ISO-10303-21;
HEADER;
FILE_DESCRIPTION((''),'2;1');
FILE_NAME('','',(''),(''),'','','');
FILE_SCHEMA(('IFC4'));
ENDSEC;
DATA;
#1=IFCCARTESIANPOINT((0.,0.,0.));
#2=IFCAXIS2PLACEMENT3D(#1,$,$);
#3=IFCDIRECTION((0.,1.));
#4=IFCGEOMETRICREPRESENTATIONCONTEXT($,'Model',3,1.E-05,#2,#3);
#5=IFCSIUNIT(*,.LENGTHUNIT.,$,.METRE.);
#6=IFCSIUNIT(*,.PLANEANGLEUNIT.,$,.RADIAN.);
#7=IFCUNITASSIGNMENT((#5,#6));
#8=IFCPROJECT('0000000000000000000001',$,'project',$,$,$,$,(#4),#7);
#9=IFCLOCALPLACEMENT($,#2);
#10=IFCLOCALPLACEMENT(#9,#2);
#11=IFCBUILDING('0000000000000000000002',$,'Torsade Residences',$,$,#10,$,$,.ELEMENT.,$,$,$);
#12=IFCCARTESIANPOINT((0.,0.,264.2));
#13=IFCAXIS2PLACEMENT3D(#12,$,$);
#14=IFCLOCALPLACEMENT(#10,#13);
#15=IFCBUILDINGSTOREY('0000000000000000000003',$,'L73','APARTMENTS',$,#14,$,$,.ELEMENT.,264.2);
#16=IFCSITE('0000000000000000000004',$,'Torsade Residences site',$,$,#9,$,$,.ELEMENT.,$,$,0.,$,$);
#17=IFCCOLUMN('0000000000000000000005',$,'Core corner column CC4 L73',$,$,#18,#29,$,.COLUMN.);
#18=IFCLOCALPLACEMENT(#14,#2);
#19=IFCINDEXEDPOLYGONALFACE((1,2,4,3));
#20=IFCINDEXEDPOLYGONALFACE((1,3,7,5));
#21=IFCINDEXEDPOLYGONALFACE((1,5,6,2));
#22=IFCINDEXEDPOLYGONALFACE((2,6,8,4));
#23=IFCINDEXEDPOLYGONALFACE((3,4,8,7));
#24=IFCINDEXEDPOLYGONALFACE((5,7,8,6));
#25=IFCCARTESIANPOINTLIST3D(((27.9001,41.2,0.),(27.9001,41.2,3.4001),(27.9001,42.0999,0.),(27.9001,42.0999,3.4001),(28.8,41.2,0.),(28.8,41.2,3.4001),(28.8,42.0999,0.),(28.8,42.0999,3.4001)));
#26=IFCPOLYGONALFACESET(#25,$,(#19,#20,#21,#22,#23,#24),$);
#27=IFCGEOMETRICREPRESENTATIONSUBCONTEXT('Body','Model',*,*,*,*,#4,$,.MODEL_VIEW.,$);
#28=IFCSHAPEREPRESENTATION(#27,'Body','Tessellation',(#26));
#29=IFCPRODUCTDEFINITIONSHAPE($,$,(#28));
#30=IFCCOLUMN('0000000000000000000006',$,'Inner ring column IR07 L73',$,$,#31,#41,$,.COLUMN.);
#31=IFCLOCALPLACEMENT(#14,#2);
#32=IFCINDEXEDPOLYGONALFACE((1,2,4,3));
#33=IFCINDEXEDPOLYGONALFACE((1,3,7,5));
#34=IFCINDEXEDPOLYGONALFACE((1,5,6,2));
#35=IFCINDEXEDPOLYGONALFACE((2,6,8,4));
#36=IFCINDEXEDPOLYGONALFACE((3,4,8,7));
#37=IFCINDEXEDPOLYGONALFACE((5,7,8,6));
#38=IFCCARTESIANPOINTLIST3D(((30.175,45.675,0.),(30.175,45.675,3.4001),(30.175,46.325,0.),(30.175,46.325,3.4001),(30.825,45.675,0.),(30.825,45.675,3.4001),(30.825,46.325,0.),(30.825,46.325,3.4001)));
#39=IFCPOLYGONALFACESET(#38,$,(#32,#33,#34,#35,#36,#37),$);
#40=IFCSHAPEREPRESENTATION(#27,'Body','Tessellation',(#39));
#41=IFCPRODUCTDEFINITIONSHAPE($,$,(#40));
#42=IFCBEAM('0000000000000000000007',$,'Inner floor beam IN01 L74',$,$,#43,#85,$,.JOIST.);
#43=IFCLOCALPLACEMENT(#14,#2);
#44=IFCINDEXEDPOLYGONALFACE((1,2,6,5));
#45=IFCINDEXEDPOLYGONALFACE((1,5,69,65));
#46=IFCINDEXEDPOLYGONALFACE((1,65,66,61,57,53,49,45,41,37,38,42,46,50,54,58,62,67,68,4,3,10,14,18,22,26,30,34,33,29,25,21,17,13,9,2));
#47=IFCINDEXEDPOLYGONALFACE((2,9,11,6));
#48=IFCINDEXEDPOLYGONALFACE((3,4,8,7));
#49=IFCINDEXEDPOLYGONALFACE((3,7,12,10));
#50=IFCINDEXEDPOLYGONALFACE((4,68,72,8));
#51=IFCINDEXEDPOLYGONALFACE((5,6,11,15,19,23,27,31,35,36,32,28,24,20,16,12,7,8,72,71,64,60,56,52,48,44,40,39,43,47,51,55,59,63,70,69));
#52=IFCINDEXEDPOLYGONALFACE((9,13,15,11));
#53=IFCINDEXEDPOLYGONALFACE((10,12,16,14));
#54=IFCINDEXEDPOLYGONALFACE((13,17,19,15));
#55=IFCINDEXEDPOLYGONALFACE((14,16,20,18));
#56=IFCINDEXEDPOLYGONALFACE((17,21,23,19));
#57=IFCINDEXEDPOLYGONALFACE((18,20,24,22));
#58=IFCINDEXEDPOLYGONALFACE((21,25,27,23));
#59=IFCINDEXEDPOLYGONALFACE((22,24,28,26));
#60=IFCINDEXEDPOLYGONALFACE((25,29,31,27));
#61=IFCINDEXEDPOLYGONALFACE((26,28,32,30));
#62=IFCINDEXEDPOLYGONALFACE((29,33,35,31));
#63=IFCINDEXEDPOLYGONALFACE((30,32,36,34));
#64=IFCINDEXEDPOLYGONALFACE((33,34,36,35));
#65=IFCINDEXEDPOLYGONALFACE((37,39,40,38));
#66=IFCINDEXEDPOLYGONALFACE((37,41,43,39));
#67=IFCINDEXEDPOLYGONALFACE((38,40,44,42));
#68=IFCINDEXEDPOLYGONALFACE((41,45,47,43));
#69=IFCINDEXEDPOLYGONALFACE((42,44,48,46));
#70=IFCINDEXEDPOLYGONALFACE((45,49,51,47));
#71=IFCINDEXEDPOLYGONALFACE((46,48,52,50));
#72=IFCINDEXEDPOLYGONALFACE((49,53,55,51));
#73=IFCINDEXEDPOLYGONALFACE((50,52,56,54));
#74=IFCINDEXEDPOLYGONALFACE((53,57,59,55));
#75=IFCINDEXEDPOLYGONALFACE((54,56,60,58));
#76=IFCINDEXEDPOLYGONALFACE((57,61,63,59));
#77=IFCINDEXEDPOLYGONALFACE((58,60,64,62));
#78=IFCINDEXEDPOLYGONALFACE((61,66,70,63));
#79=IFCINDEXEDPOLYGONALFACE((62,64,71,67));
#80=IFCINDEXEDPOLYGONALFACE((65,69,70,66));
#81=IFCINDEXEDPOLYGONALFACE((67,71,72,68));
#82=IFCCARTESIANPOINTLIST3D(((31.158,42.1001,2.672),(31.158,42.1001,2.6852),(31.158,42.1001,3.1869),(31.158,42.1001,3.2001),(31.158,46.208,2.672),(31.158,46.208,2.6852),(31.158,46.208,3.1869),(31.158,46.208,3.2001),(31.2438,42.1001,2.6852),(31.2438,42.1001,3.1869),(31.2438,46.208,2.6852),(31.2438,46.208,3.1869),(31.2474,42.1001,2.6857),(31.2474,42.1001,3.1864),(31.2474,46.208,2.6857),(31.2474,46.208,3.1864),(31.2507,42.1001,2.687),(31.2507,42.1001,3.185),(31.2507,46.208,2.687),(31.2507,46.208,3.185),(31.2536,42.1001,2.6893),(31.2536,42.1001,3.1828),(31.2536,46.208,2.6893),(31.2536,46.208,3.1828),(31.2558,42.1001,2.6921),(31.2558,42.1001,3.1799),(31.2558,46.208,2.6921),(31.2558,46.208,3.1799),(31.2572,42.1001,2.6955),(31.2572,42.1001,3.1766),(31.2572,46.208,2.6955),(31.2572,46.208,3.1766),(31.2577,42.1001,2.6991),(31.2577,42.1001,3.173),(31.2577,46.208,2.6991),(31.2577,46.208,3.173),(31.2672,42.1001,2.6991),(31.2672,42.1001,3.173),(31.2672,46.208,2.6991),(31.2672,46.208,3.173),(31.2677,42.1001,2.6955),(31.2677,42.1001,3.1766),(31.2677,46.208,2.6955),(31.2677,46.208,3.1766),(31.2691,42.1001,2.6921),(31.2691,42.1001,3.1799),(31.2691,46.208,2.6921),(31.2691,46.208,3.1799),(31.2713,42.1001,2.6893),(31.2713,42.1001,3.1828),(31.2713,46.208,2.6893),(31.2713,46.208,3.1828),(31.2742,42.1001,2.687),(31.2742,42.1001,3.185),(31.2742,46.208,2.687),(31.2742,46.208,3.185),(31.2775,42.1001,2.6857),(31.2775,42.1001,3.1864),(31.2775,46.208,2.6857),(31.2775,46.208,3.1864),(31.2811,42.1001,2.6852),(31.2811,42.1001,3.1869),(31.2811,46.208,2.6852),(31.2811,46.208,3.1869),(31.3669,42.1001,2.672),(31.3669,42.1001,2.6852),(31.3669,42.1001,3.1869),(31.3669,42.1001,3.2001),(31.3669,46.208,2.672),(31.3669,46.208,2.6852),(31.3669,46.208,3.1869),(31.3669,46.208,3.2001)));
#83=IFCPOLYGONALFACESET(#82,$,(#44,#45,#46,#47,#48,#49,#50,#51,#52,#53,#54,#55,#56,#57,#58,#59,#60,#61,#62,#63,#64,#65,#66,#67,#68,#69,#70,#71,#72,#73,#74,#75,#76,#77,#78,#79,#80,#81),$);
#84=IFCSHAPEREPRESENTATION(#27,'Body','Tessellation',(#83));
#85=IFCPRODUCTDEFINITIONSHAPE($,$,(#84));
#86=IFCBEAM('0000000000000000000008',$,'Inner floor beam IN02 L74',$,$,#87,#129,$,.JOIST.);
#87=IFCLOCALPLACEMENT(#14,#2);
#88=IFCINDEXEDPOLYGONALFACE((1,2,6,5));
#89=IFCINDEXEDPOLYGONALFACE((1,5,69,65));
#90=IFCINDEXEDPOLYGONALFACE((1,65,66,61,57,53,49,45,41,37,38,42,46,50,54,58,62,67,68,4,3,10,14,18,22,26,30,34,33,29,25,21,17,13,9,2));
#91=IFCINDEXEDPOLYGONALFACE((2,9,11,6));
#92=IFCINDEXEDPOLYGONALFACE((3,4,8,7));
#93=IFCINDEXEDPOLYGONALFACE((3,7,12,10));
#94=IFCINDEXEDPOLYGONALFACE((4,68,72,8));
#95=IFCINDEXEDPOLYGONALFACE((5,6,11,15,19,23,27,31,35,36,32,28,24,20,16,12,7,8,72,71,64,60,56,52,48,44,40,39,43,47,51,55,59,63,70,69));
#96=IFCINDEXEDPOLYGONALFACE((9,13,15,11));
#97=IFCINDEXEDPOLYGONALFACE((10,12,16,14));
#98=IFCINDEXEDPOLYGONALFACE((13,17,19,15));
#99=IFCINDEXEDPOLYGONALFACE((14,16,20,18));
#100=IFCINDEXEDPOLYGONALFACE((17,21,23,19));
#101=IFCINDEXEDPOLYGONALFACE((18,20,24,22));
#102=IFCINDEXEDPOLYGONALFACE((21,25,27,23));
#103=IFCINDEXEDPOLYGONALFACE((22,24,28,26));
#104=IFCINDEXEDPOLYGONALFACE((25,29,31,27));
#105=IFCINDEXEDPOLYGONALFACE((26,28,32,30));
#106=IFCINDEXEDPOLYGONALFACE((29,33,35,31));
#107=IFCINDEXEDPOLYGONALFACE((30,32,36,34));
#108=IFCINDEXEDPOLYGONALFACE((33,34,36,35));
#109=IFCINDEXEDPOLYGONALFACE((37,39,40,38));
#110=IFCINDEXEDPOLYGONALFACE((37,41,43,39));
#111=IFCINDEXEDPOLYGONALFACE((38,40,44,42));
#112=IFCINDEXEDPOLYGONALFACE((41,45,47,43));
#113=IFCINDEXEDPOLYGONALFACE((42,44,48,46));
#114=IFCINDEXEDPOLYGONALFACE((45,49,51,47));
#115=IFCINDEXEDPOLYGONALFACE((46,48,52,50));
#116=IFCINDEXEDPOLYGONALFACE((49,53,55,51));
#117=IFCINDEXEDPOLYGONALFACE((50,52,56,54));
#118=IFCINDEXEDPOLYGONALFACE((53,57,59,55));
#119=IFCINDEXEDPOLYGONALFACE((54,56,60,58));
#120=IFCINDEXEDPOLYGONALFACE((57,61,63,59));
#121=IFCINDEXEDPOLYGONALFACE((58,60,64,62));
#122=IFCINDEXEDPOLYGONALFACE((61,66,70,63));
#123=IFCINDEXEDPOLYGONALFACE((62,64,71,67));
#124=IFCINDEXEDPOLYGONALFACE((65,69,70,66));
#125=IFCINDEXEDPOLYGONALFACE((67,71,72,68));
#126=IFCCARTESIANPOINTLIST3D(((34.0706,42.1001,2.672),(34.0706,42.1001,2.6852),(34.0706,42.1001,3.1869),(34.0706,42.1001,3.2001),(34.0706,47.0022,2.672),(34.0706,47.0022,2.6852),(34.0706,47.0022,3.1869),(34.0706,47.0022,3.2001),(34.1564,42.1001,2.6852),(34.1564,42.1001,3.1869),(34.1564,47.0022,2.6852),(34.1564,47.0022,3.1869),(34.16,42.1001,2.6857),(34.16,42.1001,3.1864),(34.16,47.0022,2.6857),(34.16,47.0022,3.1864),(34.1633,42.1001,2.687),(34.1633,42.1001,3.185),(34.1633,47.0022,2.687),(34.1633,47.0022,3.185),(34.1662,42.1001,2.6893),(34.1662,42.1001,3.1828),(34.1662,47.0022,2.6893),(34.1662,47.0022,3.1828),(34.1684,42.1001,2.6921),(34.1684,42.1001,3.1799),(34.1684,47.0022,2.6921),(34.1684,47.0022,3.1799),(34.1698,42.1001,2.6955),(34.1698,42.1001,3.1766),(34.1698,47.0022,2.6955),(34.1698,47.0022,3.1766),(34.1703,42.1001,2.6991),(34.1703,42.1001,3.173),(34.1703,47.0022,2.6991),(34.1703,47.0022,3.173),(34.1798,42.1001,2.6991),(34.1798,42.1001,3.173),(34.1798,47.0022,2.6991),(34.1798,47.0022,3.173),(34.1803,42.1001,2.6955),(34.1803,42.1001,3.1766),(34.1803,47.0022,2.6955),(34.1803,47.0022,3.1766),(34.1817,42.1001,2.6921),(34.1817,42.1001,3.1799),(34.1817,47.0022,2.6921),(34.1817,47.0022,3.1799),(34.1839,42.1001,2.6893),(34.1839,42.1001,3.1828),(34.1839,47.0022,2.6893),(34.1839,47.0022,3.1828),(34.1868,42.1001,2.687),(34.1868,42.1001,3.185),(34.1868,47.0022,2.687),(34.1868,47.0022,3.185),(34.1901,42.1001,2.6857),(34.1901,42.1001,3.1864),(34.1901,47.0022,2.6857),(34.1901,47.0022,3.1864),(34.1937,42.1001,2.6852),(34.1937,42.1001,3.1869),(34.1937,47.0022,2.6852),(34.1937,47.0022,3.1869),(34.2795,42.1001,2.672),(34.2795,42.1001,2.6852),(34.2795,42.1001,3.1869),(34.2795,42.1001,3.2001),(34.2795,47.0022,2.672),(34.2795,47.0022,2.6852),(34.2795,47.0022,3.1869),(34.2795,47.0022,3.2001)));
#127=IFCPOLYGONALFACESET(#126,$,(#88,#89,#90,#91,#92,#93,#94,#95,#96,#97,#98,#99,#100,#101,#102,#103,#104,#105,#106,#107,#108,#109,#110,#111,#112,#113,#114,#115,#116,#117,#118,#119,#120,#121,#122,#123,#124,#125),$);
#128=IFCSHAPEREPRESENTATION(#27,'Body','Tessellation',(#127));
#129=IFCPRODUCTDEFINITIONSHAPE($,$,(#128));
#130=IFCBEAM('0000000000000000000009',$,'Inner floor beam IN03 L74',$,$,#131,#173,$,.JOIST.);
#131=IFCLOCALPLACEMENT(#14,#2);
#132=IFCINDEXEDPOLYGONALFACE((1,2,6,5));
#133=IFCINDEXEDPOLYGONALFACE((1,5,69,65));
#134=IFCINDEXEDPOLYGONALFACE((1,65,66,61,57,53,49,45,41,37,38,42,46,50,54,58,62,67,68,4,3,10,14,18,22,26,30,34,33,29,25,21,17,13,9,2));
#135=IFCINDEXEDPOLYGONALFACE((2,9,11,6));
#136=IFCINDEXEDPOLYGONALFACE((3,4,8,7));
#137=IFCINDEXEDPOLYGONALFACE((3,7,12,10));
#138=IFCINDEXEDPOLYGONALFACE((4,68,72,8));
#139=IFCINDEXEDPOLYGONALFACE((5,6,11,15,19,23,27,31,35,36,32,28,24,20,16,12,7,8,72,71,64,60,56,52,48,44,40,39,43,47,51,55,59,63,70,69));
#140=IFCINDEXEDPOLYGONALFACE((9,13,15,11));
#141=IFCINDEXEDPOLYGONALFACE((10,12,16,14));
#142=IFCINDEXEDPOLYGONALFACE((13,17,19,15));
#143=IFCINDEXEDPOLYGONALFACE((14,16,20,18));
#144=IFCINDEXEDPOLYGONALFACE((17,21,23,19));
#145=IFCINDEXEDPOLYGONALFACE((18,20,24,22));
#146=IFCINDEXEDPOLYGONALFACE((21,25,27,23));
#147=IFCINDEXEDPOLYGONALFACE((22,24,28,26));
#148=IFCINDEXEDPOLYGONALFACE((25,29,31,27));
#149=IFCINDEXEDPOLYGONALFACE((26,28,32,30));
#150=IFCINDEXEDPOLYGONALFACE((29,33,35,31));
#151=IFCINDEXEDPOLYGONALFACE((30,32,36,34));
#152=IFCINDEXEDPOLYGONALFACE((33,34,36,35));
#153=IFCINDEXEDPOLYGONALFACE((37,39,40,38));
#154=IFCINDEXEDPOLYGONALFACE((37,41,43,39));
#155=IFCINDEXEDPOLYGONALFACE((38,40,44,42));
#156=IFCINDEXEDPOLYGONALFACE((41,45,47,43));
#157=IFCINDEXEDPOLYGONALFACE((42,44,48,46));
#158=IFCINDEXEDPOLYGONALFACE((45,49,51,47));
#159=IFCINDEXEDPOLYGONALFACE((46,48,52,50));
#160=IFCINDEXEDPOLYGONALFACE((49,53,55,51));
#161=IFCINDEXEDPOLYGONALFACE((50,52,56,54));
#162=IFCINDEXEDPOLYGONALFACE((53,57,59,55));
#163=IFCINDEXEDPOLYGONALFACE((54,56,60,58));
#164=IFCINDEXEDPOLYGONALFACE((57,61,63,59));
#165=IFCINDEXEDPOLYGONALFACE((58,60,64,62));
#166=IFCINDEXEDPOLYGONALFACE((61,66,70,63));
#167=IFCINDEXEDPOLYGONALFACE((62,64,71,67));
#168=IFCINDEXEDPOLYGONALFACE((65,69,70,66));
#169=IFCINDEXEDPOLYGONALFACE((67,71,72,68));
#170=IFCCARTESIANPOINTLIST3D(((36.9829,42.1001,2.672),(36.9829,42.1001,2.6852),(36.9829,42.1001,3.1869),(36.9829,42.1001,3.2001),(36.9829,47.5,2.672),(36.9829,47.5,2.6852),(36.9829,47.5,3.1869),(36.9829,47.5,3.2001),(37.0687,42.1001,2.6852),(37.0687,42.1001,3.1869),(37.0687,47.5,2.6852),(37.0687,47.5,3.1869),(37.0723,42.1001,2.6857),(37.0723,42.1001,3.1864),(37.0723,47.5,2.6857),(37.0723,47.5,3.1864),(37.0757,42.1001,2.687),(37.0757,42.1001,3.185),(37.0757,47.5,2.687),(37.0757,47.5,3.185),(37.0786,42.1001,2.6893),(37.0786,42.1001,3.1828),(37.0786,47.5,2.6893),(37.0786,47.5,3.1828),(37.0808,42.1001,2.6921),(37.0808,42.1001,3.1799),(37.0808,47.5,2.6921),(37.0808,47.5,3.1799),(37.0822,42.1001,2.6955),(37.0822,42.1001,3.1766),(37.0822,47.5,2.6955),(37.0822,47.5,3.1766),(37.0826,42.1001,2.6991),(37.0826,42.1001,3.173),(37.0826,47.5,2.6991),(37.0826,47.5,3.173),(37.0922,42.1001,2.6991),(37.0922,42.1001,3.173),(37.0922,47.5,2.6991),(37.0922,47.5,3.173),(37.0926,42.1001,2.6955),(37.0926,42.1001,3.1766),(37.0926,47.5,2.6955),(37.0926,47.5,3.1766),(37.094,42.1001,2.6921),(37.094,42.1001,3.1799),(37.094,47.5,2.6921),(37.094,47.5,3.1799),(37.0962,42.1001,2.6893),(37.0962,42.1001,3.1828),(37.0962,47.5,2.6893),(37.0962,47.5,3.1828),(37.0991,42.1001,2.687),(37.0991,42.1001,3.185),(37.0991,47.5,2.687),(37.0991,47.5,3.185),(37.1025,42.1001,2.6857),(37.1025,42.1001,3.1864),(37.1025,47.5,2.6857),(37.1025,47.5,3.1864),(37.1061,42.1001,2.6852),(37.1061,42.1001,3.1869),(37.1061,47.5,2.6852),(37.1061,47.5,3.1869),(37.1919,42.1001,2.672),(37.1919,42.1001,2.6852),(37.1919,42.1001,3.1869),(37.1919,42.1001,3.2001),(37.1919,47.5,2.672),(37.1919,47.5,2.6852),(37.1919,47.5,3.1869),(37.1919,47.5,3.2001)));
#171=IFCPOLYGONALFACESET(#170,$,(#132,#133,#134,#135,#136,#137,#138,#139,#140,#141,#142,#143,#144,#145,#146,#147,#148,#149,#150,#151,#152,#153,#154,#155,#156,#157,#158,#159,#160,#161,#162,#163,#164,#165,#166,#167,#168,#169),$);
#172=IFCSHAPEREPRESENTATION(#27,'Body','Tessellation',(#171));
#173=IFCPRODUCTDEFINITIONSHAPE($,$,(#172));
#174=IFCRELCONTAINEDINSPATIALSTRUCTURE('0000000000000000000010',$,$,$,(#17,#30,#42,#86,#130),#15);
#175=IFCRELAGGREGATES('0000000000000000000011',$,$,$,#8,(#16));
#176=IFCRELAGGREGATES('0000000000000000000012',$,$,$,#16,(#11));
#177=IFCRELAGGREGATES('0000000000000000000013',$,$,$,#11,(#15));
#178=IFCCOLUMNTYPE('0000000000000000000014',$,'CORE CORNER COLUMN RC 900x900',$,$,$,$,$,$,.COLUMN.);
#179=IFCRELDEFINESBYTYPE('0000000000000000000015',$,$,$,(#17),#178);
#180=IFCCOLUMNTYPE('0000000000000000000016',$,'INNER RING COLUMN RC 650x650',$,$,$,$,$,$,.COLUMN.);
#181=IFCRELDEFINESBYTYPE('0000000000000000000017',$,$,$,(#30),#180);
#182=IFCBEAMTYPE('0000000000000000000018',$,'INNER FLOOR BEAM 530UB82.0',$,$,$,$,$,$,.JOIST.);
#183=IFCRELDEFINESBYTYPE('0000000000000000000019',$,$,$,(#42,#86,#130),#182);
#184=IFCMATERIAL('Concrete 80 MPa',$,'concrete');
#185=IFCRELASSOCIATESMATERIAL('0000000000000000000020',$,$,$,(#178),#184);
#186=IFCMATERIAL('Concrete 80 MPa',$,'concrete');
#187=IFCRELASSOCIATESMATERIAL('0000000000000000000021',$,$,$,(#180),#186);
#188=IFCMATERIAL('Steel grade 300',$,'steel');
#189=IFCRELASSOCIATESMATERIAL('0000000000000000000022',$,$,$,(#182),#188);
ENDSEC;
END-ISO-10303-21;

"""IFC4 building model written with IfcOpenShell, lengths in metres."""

from ifc_helpers import new_model, si_unit, direction, frame, origin, origin_2d, place, context, subcontext, project, spatial, rectangle, i_section, extrude, material, material_profile, profile_set, type_object, element, save


model = new_model("IFC4")

# Units and contexts
model_context = context("Model", 3, precision=1e-05, world=origin(), true_north=direction((0.0, 1.0)))
body_context = subcontext(model_context, "Body", "Model", "MODEL_VIEW")
ifc_project = project(units=[si_unit("LENGTHUNIT", "METRE"), si_unit("PLANEANGLEUNIT", "RADIAN")], contexts=[model_context])

# Site, building, storey
site_placement = place(None, origin())
site = spatial("IfcSite", under=ifc_project, at=site_placement, Name="Torsade Residences site", CompositionType="ELEMENT", RefElevation=0.0)
building_placement = place(site_placement, origin())
building = spatial("IfcBuilding", under=site, at=building_placement, Name="Torsade Residences", CompositionType="ELEMENT")
storey_placement = place(building_placement, frame((0.0, 0.0, 264.2)))
storey = spatial("IfcBuildingStorey", under=building, at=storey_placement, Name="L73", Description="APARTMENTS", CompositionType="ELEMENT", Elevation=264.2)

# Columns
ifc_material_1 = material(Name="Concrete 80 MPa", Category="concrete")
ifc_material_profile_1 = material_profile(ifc_material_1, rectangle(XDim=0.8999, YDim=0.8999, at=origin_2d()), Name="RC 900x900")
ifc_profile_set_1 = profile_set([ifc_material_profile_1], Name="Concrete 80 MPa")
column_type_1 = type_object("IfcColumnType", Name="CORE CORNER COLUMN RC 900x900", PredefinedType="COLUMN", material=ifc_profile_set_1)
column_1_placement = place(storey_placement, frame((28.3501, 41.6499, 0.0), z_axis=(0.0, 0.0, 1.0), x_axis=(1.0, 0.0, 0.0)))
element("IfcColumn", 1, at=column_1_placement, inside=storey, type_object=column_type_1, Name="Core corner column CC4 L73", PredefinedType="COLUMN", context=body_context, shape_type="SweptSolid", body=[
    extrude(rectangle(XDim=0.8999, YDim=0.8999, at=origin_2d()), origin(), (0.0, 0.0, 1.0), 3.4001),
])
ifc_material_2 = material(Name="Concrete 80 MPa", Category="concrete")
ifc_material_profile_2 = material_profile(ifc_material_2, rectangle(XDim=0.6499, YDim=0.6499, at=origin_2d()), Name="RC 650x650")
ifc_profile_set_2 = profile_set([ifc_material_profile_2], Name="Concrete 80 MPa")
column_type_2 = type_object("IfcColumnType", Name="INNER RING COLUMN RC 650x650", PredefinedType="COLUMN", material=ifc_profile_set_2)
column_2_placement = place(storey_placement, frame((30.5, 46.0, 0.0), z_axis=(0.0, 0.0, 1.0), x_axis=(1.0, 0.0, 0.0)))
element("IfcColumn", 2, at=column_2_placement, inside=storey, type_object=column_type_2, Name="Inner ring column IR07 L73", PredefinedType="COLUMN", context=body_context, shape_type="SweptSolid", body=[
    extrude(rectangle(XDim=0.6499, YDim=0.6499, at=origin_2d()), origin(), (0.0, 0.0, 1.0), 3.4001),
])

# Beams
ifc_material_3 = material(Name="Steel grade 300", Category="steel")
ifc_material_profile_3 = material_profile(ifc_material_3, i_section(OverallWidth=0.209, OverallDepth=0.5281, WebThickness=0.0095, FlangeThickness=0.0132, FilletRadius=0.0139, at=origin_2d()), Name="530UB82.0")
ifc_profile_set_3 = profile_set([ifc_material_profile_3], Name="Steel grade 300")
beam_type_1 = type_object("IfcBeamType", Name="INNER FLOOR BEAM 530UB82.0", PredefinedType="JOIST", material=ifc_profile_set_3)
beam_1_placement = place(storey_placement, frame((31.2625, 42.1001, 2.936), z_axis=(0.0, 1.0, 0.0), x_axis=(-1.0, 0.0, 0.0)))
element("IfcBeam", 3, at=beam_1_placement, inside=storey, type_object=beam_type_1, Name="Inner floor beam IN01 L74", PredefinedType="JOIST", context=body_context, shape_type="SweptSolid", body=[
    extrude(i_section(OverallWidth=0.209, OverallDepth=0.5281, WebThickness=0.0095, FlangeThickness=0.0132, FilletRadius=0.0139, at=origin_2d()), origin(), (0.0, 0.0, 1.0), 4.1079),
])
beam_2_placement = place(storey_placement, frame((34.175, 42.1001, 2.936), z_axis=(0.0, 1.0, 0.0), x_axis=(-1.0, 0.0, 0.0)))
element("IfcBeam", 4, at=beam_2_placement, inside=storey, type_object=beam_type_1, Name="Inner floor beam IN02 L74", PredefinedType="JOIST", context=body_context, shape_type="SweptSolid", body=[
    extrude(i_section(OverallWidth=0.209, OverallDepth=0.5281, WebThickness=0.0095, FlangeThickness=0.0132, FilletRadius=0.0139, at=origin_2d()), origin(), (0.0, 0.0, 1.0), 4.9021),
])
beam_3_placement = place(storey_placement, frame((37.0874, 42.1001, 2.936), z_axis=(0.0, 1.0, 0.0), x_axis=(-1.0, 0.0, 0.0)))
element("IfcBeam", 5, at=beam_3_placement, inside=storey, type_object=beam_type_1, Name="Inner floor beam IN03 L74", PredefinedType="JOIST", context=body_context, shape_type="SweptSolid", body=[
    extrude(i_section(OverallWidth=0.209, OverallDepth=0.5281, WebThickness=0.0095, FlangeThickness=0.0132, FilletRadius=0.0139, at=origin_2d()), origin(), (0.0, 0.0, 1.0), 5.3999),
])

save(model, "model.ifc")
